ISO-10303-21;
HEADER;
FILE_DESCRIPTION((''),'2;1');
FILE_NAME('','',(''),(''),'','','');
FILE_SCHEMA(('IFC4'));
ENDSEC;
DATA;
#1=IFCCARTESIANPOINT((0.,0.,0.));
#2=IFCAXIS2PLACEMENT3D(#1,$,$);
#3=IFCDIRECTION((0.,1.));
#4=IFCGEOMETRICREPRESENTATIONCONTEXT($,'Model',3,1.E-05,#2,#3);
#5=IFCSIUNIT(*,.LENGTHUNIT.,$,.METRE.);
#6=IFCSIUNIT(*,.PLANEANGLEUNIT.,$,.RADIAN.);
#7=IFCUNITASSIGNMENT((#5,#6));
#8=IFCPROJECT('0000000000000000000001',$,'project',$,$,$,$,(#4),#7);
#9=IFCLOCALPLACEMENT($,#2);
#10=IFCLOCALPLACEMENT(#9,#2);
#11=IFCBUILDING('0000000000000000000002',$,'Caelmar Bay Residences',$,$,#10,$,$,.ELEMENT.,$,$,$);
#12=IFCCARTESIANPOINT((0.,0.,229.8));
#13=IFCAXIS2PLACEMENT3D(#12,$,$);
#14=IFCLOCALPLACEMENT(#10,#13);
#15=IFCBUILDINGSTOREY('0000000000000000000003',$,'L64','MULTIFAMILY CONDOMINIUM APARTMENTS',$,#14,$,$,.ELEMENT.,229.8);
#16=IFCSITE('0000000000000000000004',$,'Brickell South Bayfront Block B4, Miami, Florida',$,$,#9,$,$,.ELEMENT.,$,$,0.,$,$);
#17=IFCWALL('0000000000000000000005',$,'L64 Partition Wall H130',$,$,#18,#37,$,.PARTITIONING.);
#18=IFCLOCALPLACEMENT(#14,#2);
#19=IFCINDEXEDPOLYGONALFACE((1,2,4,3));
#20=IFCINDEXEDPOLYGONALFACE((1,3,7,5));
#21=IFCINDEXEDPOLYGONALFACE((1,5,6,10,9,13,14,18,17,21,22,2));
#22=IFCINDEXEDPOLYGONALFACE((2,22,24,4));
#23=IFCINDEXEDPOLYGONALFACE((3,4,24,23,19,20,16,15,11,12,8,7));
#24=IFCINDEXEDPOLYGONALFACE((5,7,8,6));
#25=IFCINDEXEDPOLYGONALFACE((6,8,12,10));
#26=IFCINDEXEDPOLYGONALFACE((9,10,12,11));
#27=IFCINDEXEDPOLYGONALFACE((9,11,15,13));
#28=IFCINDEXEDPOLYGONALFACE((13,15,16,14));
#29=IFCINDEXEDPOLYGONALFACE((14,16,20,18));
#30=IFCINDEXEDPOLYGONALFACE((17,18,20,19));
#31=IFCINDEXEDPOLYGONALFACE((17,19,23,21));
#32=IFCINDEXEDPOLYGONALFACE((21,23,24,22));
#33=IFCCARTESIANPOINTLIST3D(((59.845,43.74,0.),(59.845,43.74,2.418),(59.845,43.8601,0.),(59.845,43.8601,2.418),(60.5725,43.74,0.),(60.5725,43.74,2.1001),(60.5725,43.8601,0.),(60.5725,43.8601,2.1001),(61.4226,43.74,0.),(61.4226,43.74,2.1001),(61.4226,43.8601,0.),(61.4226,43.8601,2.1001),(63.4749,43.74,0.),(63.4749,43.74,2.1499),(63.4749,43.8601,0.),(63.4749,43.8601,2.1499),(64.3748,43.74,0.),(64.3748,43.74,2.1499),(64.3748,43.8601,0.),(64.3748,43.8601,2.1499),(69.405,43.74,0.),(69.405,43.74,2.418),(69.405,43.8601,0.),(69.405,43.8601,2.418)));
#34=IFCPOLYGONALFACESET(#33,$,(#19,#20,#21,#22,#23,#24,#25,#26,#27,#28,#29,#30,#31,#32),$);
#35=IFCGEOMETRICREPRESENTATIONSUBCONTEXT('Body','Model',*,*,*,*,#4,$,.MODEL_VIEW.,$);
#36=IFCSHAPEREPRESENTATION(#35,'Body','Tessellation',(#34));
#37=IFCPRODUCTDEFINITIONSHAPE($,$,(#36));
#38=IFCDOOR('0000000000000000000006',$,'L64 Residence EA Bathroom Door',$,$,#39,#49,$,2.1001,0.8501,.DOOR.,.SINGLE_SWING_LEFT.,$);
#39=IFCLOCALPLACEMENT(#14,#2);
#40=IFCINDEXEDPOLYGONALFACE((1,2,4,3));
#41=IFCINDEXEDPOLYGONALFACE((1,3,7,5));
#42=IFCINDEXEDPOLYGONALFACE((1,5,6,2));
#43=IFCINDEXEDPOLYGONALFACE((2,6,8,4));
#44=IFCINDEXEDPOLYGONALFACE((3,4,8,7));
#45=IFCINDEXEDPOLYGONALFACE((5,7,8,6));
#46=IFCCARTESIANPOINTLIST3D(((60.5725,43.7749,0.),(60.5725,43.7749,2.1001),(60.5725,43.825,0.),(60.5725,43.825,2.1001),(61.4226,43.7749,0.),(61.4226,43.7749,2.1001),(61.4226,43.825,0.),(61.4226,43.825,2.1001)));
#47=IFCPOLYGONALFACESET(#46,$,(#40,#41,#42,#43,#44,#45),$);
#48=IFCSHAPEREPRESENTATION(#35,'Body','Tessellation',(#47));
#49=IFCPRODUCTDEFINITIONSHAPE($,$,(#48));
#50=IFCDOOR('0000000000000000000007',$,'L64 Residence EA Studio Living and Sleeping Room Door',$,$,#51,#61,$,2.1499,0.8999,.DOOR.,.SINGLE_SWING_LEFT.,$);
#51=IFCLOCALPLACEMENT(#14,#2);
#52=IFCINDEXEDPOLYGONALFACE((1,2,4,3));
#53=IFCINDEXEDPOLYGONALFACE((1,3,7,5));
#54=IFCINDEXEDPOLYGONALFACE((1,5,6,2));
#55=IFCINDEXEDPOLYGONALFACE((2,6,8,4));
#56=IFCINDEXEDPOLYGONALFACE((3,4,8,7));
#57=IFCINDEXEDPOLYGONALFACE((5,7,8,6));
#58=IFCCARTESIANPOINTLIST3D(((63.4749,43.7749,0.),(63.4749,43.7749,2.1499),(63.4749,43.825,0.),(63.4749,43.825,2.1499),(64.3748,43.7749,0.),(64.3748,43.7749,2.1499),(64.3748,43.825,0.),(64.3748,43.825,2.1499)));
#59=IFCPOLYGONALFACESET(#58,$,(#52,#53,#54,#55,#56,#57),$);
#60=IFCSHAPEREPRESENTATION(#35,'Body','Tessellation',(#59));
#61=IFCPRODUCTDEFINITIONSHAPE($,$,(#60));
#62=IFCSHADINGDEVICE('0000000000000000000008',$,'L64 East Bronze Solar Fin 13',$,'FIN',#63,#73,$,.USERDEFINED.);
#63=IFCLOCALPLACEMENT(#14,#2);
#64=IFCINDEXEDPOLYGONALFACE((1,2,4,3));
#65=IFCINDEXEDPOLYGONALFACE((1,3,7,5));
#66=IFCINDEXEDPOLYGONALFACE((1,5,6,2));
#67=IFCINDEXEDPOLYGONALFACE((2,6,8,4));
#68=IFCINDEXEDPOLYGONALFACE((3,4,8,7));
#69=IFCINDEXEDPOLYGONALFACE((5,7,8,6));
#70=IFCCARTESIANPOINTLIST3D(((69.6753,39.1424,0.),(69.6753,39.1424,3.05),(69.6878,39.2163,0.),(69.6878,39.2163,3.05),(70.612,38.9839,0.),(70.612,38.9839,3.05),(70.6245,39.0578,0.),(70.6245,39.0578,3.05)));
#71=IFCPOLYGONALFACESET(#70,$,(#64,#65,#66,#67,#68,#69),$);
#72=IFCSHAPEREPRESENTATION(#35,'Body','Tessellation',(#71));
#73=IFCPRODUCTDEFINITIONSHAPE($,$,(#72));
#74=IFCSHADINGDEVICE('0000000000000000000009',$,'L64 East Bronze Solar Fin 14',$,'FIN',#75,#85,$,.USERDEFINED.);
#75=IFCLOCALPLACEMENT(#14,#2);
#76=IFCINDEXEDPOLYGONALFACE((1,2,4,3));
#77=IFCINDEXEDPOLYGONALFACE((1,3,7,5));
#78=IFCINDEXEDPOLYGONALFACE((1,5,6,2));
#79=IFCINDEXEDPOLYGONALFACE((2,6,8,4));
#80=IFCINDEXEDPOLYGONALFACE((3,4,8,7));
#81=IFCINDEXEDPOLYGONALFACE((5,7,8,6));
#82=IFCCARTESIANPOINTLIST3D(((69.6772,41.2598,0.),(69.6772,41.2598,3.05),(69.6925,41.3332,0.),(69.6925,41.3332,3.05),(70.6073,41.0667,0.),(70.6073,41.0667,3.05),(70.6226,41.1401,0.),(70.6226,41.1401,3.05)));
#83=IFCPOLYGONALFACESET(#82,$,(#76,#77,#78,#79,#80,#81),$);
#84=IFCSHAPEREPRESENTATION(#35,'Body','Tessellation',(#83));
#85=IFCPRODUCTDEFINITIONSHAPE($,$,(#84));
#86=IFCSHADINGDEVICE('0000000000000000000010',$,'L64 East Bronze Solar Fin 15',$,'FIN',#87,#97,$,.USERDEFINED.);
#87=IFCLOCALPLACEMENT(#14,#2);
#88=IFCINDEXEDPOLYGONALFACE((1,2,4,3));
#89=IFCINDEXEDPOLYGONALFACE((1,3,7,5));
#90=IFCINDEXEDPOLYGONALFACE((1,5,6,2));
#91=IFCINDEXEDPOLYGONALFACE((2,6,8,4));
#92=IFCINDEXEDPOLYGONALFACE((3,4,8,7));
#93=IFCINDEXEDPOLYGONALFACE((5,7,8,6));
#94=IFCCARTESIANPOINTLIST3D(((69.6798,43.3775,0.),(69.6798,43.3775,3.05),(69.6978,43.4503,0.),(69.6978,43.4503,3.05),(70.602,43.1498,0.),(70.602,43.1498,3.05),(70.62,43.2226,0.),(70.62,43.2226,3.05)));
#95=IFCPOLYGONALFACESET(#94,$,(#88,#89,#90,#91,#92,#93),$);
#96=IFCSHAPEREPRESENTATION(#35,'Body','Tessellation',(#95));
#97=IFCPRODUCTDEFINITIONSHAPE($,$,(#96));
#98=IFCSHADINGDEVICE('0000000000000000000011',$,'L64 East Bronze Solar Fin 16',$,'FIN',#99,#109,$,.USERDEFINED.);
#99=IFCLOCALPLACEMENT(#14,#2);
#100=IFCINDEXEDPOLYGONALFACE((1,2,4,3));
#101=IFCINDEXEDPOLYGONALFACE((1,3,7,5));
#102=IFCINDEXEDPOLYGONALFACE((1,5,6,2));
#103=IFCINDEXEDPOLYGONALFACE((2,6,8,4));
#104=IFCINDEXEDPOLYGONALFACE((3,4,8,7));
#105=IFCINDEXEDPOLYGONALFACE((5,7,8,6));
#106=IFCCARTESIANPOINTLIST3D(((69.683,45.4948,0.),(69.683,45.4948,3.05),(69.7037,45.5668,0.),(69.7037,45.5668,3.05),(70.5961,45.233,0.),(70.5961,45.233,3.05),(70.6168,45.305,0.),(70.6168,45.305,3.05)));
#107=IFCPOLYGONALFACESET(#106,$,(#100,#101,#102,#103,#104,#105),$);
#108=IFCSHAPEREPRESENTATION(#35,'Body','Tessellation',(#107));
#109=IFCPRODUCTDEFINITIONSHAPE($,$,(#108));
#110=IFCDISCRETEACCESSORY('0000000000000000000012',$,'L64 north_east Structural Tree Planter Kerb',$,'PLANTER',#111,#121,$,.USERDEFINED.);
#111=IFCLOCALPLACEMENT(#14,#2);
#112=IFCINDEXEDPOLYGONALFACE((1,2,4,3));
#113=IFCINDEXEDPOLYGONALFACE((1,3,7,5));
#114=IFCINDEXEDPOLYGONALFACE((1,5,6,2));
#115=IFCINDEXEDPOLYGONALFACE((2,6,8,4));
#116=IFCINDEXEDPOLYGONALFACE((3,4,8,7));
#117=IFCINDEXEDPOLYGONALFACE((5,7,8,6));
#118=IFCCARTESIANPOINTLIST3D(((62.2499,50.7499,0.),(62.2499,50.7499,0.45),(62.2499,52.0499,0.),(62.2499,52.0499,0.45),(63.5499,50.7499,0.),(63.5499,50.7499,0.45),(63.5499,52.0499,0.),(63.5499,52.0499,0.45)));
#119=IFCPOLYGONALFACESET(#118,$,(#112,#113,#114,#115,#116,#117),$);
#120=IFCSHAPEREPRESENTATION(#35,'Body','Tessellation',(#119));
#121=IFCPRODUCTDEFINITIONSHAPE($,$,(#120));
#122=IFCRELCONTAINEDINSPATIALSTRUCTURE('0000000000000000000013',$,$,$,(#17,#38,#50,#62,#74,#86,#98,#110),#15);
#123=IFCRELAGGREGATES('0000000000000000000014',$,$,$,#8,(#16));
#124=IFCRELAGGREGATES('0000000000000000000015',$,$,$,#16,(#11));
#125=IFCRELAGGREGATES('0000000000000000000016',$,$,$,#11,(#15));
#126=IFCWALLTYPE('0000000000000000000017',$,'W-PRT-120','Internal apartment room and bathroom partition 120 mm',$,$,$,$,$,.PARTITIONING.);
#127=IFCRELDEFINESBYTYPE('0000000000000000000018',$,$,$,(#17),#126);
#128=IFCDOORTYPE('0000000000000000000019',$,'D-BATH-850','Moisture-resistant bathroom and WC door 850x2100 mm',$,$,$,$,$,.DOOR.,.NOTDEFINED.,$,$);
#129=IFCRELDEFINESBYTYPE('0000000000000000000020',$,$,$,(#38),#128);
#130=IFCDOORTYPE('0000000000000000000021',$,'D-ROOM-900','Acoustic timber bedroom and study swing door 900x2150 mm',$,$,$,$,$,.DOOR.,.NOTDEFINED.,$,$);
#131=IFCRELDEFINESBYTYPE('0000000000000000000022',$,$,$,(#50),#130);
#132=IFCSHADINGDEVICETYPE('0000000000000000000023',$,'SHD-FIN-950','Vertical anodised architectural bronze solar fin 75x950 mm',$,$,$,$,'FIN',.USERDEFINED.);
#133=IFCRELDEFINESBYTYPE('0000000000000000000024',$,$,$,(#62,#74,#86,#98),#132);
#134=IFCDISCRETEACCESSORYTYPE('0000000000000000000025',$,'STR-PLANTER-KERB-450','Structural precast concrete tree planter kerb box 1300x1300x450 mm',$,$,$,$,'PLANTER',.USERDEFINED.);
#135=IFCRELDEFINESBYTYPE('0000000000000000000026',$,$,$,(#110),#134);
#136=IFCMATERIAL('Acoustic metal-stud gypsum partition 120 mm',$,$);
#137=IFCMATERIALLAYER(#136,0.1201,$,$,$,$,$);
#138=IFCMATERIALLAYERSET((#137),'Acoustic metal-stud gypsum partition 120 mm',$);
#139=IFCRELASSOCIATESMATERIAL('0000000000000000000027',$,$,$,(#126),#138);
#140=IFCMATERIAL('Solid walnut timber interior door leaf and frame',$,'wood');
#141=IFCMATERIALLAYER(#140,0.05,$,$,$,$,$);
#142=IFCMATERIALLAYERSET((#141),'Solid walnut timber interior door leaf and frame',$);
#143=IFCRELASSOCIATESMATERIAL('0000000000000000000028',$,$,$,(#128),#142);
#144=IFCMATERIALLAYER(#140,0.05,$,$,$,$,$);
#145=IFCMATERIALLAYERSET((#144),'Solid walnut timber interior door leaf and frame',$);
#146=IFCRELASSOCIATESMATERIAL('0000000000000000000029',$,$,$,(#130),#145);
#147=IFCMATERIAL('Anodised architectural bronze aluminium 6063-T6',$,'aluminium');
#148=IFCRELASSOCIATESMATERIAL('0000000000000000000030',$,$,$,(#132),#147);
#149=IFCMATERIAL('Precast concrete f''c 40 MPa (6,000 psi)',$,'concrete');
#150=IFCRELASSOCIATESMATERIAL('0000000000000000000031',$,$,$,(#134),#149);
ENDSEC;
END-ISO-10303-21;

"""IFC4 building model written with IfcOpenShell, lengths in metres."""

from ifc_helpers import new_model, si_unit, direction, frame, frame_2d, origin, origin_2d, place, context, subcontext, project, spatial, rectangle, extrude, material, layer, layer_set, material_profile, profile_set, type_object, element, fill, save


model = new_model("IFC4")

# Units and contexts
model_context = context("Model", 3, precision=1e-05, world=origin(), true_north=direction((0.0, 1.0)))
body_context = subcontext(model_context, "Body", "Model", "MODEL_VIEW")
ifc_project = project(units=[si_unit("LENGTHUNIT", "METRE"), si_unit("PLANEANGLEUNIT", "RADIAN")], contexts=[model_context])

# Site, building, storey
site_placement = place(None, origin())
site = spatial("IfcSite", under=ifc_project, at=site_placement, Name="Brickell South Bayfront Block B4, Miami, Florida", CompositionType="ELEMENT", RefElevation=0.0)
building_placement = place(site_placement, origin())
building = spatial("IfcBuilding", under=site, at=building_placement, Name="Caelmar Bay Residences", CompositionType="ELEMENT")
storey_placement = place(building_placement, frame((0.0, 0.0, 229.8)))
storey = spatial("IfcBuildingStorey", under=building, at=storey_placement, Name="L64", Description="MULTIFAMILY CONDOMINIUM APARTMENTS", CompositionType="ELEMENT", Elevation=229.8)

# Shared definitions
ifc_material_1 = material(Name="Precast concrete f'c 40 MPa (6,000 psi)", Category="concrete")

# Shared definitions
ifc_material_2 = material(Name="Acoustic metal-stud gypsum partition 120 mm")
ifc_layer_1 = layer(ifc_material_2, 0.1201)
ifc_layer_set_1 = layer_set([ifc_layer_1], Name="Acoustic metal-stud gypsum partition 120 mm")
wall_type_1 = type_object("IfcWallType", Name="W-PRT-120", Description="Internal apartment room and bathroom partition 120 mm", PredefinedType="PARTITIONING", material=ifc_layer_set_1)

# Wall, openings, doors
wall_1_placement = place(storey_placement, frame((59.845, 43.8, 0.0), z_axis=(0.0, 0.0, 1.0), x_axis=(1.0, 0.0, 0.0)))
wall_1 = element("IfcWall", 1, at=wall_1_placement, inside=storey, type_object=wall_type_1, Name="L64 Partition Wall H130", PredefinedType="PARTITIONING", context=body_context, shape_type="SweptSolid", body=[
    extrude(rectangle(XDim=9.5601, YDim=0.1201, at=frame_2d((4.78, 0.0))), origin(), (0.0, 0.0, 1.0), 2.418),
])
opening_1_placement = place(wall_1_placement, frame((3.6299, 0.0, 0.0)))
opening_1 = element("IfcOpeningElement", 2, at=opening_1_placement, cuts=wall_1, PredefinedType="OPENING", context=body_context, shape_type="SweptSolid", body=[
    extrude(rectangle(XDim=0.8999, YDim=2.1499, at=frame_2d((0.45, 1.075))), frame((0.0, 0.0701, 0.0), z_axis=(0.0, -1.0, 0.0), x_axis=(1.0, 0.0, 0.0)), (0.0, 0.0, 1.0), 0.1401),
])
opening_2_placement = place(wall_1_placement, frame((0.7275, 0.0, 0.0)))
opening_2 = element("IfcOpeningElement", 3, at=opening_2_placement, cuts=wall_1, PredefinedType="OPENING", context=body_context, shape_type="SweptSolid", body=[
    extrude(rectangle(XDim=0.8501, YDim=2.1001, at=frame_2d((0.425, 1.05))), frame((0.0, 0.0701, 0.0), z_axis=(0.0, -1.0, 0.0), x_axis=(1.0, 0.0, 0.0)), (0.0, 0.0, 1.0), 0.1401),
])
ifc_material_3 = material(Name="Solid walnut timber interior door leaf and frame", Category="wood")
ifc_layer_2 = layer(ifc_material_3, 0.05)
ifc_layer_set_2 = layer_set([ifc_layer_2], Name="Solid walnut timber interior door leaf and frame")
door_type_1 = type_object("IfcDoorType", Name="D-BATH-850", Description="Moisture-resistant bathroom and WC door 850x2100 mm", OperationType="NOTDEFINED", PredefinedType="DOOR", material=ifc_layer_set_2)
door_1_placement = place(opening_2_placement, origin())
door_1 = element("IfcDoor", 4, at=door_1_placement, inside=storey, type_object=door_type_1, Name="L64 Residence EA Bathroom Door", OperationType="SINGLE_SWING_LEFT", OverallHeight=2.1001, OverallWidth=0.8501, PredefinedType="DOOR", context=body_context, shape_type="SweptSolid", body=[
    extrude(rectangle(XDim=0.8501, YDim=2.1001, at=frame_2d((0.425, 1.05))), frame((0.0, 0.0249, 0.0), z_axis=(0.0, -1.0, 0.0), x_axis=(1.0, 0.0, 0.0)), (0.0, 0.0, 1.0), 0.05),
])
fill(opening_2, door_1)
ifc_layer_3 = layer(ifc_material_3, 0.05)
ifc_layer_set_3 = layer_set([ifc_layer_3], Name="Solid walnut timber interior door leaf and frame")
door_type_2 = type_object("IfcDoorType", Name="D-ROOM-900", Description="Acoustic timber bedroom and study swing door 900x2150 mm", OperationType="NOTDEFINED", PredefinedType="DOOR", material=ifc_layer_set_3)
door_2_placement = place(opening_1_placement, origin())
door_2 = element("IfcDoor", 5, at=door_2_placement, inside=storey, type_object=door_type_2, Name="L64 Residence EA Studio Living and Sleeping Room Door", OperationType="SINGLE_SWING_LEFT", OverallHeight=2.1499, OverallWidth=0.8999, PredefinedType="DOOR", context=body_context, shape_type="SweptSolid", body=[
    extrude(rectangle(XDim=0.8999, YDim=2.1499, at=frame_2d((0.45, 1.075))), frame((0.0, 0.0249, 0.0), z_axis=(0.0, -1.0, 0.0), x_axis=(1.0, 0.0, 0.0)), (0.0, 0.0, 1.0), 0.05),
])
fill(opening_1, door_2)

# Shading devices
ifc_material_4 = material(Name="Anodised architectural bronze aluminium 6063-T6", Category="aluminium")
ifc_material_profile_1 = material_profile(ifc_material_4, rectangle(XDim=0.075, YDim=0.95, at=origin_2d()), Name="BRONZE-FIN-75X950")
ifc_profile_set_1 = profile_set([ifc_material_profile_1], Name="Anodised architectural bronze aluminium 6063-T6")
shading_device_type = type_object("IfcShadingDeviceType", Name="SHD-FIN-950", Description="Vertical anodised architectural bronze solar fin 75x950 mm", ElementType="FIN", PredefinedType="USERDEFINED", material=ifc_profile_set_1)
for number, where, z_axis, x_axis, name in (
    (6, (70.1499, 39.1001, 0.0), (0.0, 0.0, 1.0), (0.166769, 0.985996, 0.0), "L64 East Bronze Solar Fin 13"),
    (7, (70.1499, 41.2, 0.0), (0.0, 0.0, 1.0), (0.2033, 0.979116, 0.0), "L64 East Bronze Solar Fin 14"),
    (8, (70.1499, 43.3, 0.0), (0.0, 0.0, 1.0), (0.23972, 0.970842, 0.0), "L64 East Bronze Solar Fin 15"),
    (9, (70.1499, 45.3999, 0.0), (0.0, 0.0, 1.0), (0.275637, 0.961262, 0.0), "L64 East Bronze Solar Fin 16"),
):
    element("IfcShadingDevice", number, at=place(storey_placement, frame(where, z_axis=z_axis, x_axis=x_axis)), inside=storey, type_object=shading_device_type, Name=name, ObjectType="FIN", PredefinedType="USERDEFINED", context=body_context, shape_type="SweptSolid", body=[
        extrude(rectangle(XDim=0.075, YDim=0.95, at=origin_2d()), origin(), (0.0, 0.0, 1.0), 3.05),
    ])

# Discrete accessory
discrete_accessory_type = type_object("IfcDiscreteAccessoryType", Name="STR-PLANTER-KERB-450", Description="Structural precast concrete tree planter kerb box 1300x1300x450 mm", ElementType="PLANTER", PredefinedType="USERDEFINED", material=ifc_material_1)
discrete_accessory_placement = place(storey_placement, frame((62.8999, 51.3999, 0.0), z_axis=(0.0, 0.0, 1.0), x_axis=(1.0, 0.0, 0.0)))
element("IfcDiscreteAccessory", 10, at=discrete_accessory_placement, inside=storey, type_object=discrete_accessory_type, Name="L64 north_east Structural Tree Planter Kerb", ObjectType="PLANTER", PredefinedType="USERDEFINED", context=body_context, shape_type="SweptSolid", body=[
    extrude(rectangle(XDim=1.3, YDim=1.3, at=origin_2d()), origin(), (0.0, 0.0, 1.0), 0.45),
])

save(model, "model.ifc")
